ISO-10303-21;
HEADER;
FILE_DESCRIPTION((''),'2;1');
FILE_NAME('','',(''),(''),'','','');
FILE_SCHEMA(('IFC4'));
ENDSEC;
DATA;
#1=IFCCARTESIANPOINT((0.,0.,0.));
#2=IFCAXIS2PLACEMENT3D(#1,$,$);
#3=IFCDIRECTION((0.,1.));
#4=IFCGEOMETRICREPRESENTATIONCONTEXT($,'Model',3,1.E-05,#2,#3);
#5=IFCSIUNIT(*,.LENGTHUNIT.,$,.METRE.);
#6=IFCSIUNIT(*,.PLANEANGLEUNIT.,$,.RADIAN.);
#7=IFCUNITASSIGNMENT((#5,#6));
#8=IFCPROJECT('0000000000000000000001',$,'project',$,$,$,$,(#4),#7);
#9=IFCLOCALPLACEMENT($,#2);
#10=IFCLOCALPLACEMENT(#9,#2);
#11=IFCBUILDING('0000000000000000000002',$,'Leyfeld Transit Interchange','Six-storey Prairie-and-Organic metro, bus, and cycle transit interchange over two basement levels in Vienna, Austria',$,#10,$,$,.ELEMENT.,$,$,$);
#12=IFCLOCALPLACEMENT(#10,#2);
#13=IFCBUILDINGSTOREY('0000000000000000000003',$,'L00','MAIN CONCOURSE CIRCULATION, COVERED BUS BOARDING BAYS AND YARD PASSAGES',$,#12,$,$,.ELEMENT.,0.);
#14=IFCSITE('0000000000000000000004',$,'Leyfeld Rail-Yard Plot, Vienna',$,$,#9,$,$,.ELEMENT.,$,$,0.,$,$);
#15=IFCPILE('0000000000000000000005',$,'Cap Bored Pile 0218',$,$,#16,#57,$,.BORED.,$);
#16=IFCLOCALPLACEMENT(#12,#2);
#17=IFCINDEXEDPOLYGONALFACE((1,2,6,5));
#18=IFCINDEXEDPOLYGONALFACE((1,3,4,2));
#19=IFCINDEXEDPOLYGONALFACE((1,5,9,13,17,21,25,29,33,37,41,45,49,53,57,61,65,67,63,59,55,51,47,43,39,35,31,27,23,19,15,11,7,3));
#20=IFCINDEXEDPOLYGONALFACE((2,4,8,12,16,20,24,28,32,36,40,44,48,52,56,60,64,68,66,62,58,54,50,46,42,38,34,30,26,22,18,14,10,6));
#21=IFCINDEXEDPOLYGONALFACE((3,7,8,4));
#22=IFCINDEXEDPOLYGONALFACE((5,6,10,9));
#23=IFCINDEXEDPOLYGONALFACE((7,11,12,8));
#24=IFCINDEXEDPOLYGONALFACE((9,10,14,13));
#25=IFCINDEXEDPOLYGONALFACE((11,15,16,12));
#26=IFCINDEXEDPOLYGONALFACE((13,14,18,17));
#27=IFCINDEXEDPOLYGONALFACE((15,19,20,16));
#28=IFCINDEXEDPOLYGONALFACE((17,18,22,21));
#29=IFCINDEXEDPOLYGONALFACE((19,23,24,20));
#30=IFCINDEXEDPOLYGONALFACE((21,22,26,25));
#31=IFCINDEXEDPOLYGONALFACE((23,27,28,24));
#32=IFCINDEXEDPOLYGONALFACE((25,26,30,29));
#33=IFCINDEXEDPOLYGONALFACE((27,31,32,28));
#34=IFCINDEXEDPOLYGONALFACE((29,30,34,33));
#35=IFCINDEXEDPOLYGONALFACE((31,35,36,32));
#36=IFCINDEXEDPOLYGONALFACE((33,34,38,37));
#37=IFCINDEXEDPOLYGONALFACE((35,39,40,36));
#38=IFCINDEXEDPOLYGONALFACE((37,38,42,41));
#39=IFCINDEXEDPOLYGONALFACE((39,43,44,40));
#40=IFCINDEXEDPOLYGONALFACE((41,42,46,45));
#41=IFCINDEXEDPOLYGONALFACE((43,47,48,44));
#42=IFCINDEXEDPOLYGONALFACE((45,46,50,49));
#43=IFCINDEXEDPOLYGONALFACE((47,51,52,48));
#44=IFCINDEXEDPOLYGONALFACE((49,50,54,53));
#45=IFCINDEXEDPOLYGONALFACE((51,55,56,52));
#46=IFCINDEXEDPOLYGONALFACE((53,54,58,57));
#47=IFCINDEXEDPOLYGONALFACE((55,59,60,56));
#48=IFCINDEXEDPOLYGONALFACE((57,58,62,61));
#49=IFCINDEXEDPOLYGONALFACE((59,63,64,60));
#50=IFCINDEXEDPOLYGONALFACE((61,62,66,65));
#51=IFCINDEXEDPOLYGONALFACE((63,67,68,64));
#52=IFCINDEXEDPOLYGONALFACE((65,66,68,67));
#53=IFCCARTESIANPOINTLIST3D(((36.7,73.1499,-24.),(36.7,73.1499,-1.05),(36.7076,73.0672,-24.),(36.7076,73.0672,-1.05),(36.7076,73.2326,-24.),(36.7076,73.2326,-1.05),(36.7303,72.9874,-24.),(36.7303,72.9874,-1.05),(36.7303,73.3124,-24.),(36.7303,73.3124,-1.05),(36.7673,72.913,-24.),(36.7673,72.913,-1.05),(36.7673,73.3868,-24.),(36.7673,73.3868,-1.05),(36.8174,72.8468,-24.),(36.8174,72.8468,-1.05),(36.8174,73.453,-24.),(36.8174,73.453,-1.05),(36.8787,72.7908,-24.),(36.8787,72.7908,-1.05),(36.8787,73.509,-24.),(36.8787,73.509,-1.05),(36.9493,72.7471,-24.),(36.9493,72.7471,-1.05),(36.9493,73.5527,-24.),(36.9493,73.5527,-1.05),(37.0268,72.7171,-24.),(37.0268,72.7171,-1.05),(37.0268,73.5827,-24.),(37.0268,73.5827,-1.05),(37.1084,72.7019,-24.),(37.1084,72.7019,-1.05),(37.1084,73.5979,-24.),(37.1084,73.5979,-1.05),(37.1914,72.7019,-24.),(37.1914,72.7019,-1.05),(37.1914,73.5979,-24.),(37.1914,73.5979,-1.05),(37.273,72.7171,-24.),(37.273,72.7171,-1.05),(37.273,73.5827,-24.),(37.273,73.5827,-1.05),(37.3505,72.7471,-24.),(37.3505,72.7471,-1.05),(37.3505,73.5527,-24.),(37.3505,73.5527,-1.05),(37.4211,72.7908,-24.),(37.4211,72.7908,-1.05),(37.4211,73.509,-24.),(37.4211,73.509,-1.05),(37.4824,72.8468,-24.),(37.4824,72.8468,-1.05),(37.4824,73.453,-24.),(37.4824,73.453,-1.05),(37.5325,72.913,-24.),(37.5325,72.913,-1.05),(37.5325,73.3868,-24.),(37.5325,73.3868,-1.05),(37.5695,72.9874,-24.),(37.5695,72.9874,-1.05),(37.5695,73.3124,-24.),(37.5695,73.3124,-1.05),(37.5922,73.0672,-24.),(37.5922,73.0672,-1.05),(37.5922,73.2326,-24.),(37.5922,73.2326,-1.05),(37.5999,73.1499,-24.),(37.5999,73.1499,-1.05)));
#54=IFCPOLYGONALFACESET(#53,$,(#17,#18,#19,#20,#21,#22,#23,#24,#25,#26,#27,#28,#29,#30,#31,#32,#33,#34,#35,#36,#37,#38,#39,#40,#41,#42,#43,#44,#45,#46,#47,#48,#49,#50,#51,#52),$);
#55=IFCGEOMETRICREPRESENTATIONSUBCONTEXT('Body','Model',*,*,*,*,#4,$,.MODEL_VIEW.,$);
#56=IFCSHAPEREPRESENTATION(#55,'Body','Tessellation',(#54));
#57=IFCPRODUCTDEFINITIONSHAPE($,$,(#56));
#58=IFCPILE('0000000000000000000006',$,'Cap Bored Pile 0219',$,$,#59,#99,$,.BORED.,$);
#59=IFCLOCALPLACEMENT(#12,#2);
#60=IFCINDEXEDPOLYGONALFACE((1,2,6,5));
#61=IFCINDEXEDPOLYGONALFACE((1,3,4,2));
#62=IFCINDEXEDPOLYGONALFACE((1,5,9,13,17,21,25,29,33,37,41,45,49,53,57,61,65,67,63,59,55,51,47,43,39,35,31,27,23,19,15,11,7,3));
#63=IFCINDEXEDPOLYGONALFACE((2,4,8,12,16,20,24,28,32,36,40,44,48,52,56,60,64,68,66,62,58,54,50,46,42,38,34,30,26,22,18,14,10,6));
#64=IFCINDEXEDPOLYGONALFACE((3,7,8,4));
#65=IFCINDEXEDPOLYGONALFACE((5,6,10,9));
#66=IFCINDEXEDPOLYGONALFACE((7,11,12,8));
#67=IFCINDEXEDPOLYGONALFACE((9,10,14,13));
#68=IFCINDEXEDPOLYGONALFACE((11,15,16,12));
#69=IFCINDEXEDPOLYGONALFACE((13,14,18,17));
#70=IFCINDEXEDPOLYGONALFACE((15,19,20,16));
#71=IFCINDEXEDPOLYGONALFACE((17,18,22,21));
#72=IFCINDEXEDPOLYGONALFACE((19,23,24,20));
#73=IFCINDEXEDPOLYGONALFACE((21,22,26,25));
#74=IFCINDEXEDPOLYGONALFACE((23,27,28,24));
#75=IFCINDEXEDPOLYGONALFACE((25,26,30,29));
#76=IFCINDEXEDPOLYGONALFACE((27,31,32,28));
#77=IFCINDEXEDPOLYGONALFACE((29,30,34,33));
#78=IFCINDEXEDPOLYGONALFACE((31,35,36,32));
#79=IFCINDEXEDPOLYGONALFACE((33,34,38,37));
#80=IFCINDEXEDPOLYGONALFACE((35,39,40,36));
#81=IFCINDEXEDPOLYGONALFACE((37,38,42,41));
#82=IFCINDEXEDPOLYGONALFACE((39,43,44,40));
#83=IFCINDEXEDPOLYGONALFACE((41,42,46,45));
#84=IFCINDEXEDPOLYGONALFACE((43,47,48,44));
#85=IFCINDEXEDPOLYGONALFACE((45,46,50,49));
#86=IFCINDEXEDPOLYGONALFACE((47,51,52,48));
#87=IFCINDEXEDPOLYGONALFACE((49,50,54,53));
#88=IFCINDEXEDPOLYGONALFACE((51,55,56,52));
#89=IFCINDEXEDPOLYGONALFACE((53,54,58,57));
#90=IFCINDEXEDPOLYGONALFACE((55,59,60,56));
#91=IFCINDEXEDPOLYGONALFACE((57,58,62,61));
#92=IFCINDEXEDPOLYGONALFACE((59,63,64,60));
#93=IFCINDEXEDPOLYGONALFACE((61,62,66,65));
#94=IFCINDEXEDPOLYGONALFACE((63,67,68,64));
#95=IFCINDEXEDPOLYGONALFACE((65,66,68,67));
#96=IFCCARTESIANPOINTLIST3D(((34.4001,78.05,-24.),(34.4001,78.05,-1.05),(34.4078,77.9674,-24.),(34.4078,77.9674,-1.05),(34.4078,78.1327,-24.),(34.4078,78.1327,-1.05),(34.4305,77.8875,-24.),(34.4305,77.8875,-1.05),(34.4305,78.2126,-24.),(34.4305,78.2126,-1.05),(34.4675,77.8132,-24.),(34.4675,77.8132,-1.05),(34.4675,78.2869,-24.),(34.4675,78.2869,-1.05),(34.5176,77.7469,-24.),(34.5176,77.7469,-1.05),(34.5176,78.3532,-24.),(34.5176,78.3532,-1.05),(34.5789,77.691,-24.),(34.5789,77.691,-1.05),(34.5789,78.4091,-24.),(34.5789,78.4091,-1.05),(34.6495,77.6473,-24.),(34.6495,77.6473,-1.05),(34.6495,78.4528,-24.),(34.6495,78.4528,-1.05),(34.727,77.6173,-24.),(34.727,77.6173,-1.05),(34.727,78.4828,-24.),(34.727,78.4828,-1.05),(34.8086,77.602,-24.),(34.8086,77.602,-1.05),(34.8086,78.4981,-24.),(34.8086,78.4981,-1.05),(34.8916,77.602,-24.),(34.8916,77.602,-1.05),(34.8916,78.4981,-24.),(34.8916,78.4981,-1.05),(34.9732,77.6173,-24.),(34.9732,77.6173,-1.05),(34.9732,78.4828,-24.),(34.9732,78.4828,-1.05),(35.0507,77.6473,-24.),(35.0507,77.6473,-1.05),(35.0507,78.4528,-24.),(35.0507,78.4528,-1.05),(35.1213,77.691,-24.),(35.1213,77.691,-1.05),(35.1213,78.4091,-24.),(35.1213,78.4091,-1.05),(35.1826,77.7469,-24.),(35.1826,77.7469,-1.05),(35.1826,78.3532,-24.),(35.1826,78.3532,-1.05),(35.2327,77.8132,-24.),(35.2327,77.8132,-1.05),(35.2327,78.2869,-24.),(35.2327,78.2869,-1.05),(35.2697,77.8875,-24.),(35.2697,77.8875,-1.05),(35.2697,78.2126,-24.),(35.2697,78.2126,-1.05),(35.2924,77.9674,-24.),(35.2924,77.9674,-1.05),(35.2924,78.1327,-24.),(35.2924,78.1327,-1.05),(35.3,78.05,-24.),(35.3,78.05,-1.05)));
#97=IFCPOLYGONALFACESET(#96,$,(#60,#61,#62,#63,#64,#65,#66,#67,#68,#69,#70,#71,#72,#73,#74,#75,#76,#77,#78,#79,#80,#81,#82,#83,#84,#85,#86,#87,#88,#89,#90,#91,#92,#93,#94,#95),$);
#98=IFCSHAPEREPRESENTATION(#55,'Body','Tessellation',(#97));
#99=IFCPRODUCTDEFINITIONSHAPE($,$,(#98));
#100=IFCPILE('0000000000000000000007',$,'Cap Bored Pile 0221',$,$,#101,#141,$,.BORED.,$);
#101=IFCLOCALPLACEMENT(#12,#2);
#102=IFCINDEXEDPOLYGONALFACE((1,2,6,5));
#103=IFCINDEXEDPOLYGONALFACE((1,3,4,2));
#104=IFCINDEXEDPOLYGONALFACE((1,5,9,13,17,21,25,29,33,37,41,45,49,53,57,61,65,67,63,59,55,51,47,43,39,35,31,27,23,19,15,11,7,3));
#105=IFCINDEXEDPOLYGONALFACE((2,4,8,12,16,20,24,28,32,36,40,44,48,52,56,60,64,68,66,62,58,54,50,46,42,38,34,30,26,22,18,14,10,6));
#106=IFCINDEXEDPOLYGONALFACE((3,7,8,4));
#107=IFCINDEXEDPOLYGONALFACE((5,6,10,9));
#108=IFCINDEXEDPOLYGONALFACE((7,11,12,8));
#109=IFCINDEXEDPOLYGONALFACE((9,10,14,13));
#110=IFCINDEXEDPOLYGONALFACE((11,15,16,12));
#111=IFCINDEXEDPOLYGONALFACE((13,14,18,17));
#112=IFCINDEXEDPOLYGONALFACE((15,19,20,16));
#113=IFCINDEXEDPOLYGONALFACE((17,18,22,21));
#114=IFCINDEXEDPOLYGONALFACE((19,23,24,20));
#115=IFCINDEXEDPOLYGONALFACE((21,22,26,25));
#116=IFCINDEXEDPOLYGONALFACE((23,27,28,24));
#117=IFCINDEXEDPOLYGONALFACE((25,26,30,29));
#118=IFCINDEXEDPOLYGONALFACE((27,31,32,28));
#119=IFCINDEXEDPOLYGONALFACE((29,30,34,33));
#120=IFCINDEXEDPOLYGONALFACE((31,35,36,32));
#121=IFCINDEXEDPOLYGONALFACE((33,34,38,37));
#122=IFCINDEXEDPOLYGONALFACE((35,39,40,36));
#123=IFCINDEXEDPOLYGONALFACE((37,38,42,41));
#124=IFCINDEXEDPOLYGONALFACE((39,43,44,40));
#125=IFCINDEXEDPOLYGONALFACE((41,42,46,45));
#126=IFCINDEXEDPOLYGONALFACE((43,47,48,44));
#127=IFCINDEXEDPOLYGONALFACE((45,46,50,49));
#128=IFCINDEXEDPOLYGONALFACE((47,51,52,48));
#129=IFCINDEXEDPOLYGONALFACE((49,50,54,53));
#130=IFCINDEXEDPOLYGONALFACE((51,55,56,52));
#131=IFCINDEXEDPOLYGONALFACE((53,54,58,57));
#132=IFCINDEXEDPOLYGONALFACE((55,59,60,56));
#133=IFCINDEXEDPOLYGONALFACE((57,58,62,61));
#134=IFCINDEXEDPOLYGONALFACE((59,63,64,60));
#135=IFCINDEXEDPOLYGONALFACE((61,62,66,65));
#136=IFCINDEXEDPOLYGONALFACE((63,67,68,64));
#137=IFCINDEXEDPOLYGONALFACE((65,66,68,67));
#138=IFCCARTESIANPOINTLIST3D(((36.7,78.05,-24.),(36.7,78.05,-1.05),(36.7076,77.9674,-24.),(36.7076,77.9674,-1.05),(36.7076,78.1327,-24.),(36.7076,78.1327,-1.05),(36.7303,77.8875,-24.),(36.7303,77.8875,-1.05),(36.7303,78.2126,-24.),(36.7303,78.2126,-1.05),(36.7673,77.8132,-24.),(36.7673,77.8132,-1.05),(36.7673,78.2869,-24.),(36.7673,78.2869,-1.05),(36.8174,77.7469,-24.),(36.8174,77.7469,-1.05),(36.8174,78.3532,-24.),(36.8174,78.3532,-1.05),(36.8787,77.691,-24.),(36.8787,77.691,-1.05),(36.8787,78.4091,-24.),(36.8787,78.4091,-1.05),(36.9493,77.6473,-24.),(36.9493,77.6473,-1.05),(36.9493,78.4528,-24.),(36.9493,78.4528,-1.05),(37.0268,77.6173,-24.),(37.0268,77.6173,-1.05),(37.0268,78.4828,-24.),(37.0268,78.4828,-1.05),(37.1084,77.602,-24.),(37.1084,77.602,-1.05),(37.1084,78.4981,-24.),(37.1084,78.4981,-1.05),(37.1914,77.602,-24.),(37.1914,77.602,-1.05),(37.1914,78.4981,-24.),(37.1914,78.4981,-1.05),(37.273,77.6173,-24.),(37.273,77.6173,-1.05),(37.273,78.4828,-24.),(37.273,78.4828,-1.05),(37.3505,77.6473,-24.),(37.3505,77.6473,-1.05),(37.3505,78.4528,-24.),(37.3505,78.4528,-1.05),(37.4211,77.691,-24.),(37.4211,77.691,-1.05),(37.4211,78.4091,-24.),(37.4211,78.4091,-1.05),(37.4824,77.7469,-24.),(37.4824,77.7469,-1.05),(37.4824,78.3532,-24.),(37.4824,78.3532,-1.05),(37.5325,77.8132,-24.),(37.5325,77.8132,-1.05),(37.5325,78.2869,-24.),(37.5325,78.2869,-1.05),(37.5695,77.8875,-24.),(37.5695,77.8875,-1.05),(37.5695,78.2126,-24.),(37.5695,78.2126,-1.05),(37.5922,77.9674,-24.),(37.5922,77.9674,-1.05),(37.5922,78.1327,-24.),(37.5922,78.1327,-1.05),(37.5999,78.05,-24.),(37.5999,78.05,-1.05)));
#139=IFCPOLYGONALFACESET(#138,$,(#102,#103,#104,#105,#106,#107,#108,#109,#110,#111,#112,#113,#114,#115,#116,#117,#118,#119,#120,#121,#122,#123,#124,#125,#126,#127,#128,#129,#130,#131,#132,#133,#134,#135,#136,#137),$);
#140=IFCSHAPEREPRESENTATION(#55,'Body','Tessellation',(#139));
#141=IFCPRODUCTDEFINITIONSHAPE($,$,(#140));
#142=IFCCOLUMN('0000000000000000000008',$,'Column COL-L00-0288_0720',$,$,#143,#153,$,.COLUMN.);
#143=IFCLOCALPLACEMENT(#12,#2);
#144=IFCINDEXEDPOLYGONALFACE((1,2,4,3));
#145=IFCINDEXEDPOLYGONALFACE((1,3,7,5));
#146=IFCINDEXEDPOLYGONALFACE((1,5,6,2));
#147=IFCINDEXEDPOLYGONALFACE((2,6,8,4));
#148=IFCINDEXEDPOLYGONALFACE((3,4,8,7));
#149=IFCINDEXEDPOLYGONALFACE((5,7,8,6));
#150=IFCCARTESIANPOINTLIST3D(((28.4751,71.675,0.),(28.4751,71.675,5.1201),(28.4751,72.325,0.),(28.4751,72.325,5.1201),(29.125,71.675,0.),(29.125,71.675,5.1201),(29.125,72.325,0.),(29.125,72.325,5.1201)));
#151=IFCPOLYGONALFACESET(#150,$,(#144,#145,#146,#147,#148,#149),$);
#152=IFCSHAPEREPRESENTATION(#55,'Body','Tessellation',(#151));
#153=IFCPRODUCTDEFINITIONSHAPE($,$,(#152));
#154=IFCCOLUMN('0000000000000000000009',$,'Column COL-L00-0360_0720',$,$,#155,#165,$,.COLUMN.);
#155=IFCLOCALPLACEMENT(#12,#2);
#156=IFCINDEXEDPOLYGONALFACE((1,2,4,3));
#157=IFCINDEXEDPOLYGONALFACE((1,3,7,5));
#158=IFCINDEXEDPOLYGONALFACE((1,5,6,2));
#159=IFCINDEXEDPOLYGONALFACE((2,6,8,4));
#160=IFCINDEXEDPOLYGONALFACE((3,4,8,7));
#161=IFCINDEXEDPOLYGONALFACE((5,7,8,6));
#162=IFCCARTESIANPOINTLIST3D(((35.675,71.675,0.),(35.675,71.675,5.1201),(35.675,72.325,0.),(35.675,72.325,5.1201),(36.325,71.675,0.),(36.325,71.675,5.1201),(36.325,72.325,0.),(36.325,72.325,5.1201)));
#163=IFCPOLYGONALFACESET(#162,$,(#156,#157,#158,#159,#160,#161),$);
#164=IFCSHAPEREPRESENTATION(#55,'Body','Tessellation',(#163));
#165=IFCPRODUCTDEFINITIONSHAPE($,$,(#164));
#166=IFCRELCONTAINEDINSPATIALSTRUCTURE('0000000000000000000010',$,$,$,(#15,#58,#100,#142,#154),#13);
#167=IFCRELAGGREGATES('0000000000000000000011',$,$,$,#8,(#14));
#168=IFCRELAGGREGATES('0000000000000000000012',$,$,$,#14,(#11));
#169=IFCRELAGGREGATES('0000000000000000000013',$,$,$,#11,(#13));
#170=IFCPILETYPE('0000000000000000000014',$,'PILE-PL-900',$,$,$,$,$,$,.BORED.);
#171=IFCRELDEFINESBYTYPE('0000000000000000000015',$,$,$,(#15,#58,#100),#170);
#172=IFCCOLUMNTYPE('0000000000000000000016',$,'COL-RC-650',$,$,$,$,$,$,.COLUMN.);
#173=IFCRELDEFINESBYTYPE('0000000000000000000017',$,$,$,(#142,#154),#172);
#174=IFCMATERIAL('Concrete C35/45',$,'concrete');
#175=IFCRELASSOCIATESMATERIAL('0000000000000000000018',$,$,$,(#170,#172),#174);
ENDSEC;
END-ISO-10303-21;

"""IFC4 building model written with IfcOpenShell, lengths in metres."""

from ifc_helpers import new_model, si_unit, direction, frame, origin, origin_2d, place, context, subcontext, project, spatial, rectangle, circle, extrude, material, material_profile, profile_set, type_object, element, save


model = new_model("IFC4")

# Units and contexts
model_context = context("Model", 3, precision=1e-05, world=origin(), true_north=direction((0.0, 1.0)))
body_context = subcontext(model_context, "Body", "Model", "MODEL_VIEW")
ifc_project = project(units=[si_unit("LENGTHUNIT", "METRE"), si_unit("PLANEANGLEUNIT", "RADIAN")], contexts=[model_context])

# Site, building, storey
site_placement = place(None, origin())
site = spatial("IfcSite", under=ifc_project, at=site_placement, Name="Leyfeld Rail-Yard Plot, Vienna", CompositionType="ELEMENT", RefElevation=0.0)
building_placement = place(site_placement, origin())
building = spatial("IfcBuilding", under=site, at=building_placement, Name="Leyfeld Transit Interchange", Description="Six-storey Prairie-and-Organic metro, bus, and cycle transit interchange over two basement levels in Vienna, Austria", CompositionType="ELEMENT")
storey_placement = place(building_placement, origin())
storey = spatial("IfcBuildingStorey", under=building, at=storey_placement, Name="L00", Description="MAIN CONCOURSE CIRCULATION, COVERED BUS BOARDING BAYS AND YARD PASSAGES", CompositionType="ELEMENT", Elevation=0.0)

# Shared definitions
ifc_material_1 = material(Name="Concrete C35/45", Category="concrete")

# Piles
ifc_material_profile_1 = material_profile(ifc_material_1, circle(Radius=0.45, at=origin_2d()), Name="PILE D900")
ifc_profile_set_1 = profile_set([ifc_material_profile_1], Name="Concrete C35/45")
pile_type = type_object("IfcPileType", Name="PILE-PL-900", PredefinedType="BORED", material=ifc_profile_set_1)
for number, where, z_axis, x_axis, name in (
    (1, (37.1499, 73.1499, -1.05), (0.0, 0.0, -1.0), (1.0, 0.0, 0.0), "Cap Bored Pile 0218"),
    (2, (34.8501, 78.05, -1.05), (0.0, 0.0, -1.0), (1.0, 0.0, 0.0), "Cap Bored Pile 0219"),
    (3, (37.1499, 78.05, -1.05), (0.0, 0.0, -1.0), (1.0, 0.0, 0.0), "Cap Bored Pile 0221"),
):
    element("IfcPile", number, at=place(storey_placement, frame(where, z_axis=z_axis, x_axis=x_axis)), inside=storey, type_object=pile_type, Name=name, PredefinedType="BORED", context=body_context, shape_type="SweptSolid", body=[
        extrude(circle(Radius=0.45, at=origin_2d()), origin(), (0.0, 0.0, 1.0), 22.95),
    ])

# Columns
ifc_material_profile_2 = material_profile(ifc_material_1, rectangle(XDim=0.6499, YDim=0.6499, at=origin_2d()), Name="RC 650x650")
ifc_profile_set_2 = profile_set([ifc_material_profile_2], Name="Concrete C35/45")
column_type = type_object("IfcColumnType", Name="COL-RC-650", PredefinedType="COLUMN", material=ifc_profile_set_2)
for number, where, z_axis, x_axis, name in (
    (4, (28.8, 72.0, 0.0), (0.0, 0.0, 1.0), (1.0, 0.0, 0.0), "Column COL-L00-0288_0720"),
    (5, (36.0, 72.0, 0.0), (0.0, 0.0, 1.0), (1.0, 0.0, 0.0), "Column COL-L00-0360_0720"),
):
    element("IfcColumn", number, at=place(storey_placement, frame(where, z_axis=z_axis, x_axis=x_axis)), inside=storey, type_object=column_type, Name=name, PredefinedType="COLUMN", context=body_context, shape_type="SweptSolid", body=[
        extrude(rectangle(XDim=0.6499, YDim=0.6499, at=origin_2d()), origin(), (0.0, 0.0, 1.0), 5.1201),
    ])

save(model, "model.ifc")
